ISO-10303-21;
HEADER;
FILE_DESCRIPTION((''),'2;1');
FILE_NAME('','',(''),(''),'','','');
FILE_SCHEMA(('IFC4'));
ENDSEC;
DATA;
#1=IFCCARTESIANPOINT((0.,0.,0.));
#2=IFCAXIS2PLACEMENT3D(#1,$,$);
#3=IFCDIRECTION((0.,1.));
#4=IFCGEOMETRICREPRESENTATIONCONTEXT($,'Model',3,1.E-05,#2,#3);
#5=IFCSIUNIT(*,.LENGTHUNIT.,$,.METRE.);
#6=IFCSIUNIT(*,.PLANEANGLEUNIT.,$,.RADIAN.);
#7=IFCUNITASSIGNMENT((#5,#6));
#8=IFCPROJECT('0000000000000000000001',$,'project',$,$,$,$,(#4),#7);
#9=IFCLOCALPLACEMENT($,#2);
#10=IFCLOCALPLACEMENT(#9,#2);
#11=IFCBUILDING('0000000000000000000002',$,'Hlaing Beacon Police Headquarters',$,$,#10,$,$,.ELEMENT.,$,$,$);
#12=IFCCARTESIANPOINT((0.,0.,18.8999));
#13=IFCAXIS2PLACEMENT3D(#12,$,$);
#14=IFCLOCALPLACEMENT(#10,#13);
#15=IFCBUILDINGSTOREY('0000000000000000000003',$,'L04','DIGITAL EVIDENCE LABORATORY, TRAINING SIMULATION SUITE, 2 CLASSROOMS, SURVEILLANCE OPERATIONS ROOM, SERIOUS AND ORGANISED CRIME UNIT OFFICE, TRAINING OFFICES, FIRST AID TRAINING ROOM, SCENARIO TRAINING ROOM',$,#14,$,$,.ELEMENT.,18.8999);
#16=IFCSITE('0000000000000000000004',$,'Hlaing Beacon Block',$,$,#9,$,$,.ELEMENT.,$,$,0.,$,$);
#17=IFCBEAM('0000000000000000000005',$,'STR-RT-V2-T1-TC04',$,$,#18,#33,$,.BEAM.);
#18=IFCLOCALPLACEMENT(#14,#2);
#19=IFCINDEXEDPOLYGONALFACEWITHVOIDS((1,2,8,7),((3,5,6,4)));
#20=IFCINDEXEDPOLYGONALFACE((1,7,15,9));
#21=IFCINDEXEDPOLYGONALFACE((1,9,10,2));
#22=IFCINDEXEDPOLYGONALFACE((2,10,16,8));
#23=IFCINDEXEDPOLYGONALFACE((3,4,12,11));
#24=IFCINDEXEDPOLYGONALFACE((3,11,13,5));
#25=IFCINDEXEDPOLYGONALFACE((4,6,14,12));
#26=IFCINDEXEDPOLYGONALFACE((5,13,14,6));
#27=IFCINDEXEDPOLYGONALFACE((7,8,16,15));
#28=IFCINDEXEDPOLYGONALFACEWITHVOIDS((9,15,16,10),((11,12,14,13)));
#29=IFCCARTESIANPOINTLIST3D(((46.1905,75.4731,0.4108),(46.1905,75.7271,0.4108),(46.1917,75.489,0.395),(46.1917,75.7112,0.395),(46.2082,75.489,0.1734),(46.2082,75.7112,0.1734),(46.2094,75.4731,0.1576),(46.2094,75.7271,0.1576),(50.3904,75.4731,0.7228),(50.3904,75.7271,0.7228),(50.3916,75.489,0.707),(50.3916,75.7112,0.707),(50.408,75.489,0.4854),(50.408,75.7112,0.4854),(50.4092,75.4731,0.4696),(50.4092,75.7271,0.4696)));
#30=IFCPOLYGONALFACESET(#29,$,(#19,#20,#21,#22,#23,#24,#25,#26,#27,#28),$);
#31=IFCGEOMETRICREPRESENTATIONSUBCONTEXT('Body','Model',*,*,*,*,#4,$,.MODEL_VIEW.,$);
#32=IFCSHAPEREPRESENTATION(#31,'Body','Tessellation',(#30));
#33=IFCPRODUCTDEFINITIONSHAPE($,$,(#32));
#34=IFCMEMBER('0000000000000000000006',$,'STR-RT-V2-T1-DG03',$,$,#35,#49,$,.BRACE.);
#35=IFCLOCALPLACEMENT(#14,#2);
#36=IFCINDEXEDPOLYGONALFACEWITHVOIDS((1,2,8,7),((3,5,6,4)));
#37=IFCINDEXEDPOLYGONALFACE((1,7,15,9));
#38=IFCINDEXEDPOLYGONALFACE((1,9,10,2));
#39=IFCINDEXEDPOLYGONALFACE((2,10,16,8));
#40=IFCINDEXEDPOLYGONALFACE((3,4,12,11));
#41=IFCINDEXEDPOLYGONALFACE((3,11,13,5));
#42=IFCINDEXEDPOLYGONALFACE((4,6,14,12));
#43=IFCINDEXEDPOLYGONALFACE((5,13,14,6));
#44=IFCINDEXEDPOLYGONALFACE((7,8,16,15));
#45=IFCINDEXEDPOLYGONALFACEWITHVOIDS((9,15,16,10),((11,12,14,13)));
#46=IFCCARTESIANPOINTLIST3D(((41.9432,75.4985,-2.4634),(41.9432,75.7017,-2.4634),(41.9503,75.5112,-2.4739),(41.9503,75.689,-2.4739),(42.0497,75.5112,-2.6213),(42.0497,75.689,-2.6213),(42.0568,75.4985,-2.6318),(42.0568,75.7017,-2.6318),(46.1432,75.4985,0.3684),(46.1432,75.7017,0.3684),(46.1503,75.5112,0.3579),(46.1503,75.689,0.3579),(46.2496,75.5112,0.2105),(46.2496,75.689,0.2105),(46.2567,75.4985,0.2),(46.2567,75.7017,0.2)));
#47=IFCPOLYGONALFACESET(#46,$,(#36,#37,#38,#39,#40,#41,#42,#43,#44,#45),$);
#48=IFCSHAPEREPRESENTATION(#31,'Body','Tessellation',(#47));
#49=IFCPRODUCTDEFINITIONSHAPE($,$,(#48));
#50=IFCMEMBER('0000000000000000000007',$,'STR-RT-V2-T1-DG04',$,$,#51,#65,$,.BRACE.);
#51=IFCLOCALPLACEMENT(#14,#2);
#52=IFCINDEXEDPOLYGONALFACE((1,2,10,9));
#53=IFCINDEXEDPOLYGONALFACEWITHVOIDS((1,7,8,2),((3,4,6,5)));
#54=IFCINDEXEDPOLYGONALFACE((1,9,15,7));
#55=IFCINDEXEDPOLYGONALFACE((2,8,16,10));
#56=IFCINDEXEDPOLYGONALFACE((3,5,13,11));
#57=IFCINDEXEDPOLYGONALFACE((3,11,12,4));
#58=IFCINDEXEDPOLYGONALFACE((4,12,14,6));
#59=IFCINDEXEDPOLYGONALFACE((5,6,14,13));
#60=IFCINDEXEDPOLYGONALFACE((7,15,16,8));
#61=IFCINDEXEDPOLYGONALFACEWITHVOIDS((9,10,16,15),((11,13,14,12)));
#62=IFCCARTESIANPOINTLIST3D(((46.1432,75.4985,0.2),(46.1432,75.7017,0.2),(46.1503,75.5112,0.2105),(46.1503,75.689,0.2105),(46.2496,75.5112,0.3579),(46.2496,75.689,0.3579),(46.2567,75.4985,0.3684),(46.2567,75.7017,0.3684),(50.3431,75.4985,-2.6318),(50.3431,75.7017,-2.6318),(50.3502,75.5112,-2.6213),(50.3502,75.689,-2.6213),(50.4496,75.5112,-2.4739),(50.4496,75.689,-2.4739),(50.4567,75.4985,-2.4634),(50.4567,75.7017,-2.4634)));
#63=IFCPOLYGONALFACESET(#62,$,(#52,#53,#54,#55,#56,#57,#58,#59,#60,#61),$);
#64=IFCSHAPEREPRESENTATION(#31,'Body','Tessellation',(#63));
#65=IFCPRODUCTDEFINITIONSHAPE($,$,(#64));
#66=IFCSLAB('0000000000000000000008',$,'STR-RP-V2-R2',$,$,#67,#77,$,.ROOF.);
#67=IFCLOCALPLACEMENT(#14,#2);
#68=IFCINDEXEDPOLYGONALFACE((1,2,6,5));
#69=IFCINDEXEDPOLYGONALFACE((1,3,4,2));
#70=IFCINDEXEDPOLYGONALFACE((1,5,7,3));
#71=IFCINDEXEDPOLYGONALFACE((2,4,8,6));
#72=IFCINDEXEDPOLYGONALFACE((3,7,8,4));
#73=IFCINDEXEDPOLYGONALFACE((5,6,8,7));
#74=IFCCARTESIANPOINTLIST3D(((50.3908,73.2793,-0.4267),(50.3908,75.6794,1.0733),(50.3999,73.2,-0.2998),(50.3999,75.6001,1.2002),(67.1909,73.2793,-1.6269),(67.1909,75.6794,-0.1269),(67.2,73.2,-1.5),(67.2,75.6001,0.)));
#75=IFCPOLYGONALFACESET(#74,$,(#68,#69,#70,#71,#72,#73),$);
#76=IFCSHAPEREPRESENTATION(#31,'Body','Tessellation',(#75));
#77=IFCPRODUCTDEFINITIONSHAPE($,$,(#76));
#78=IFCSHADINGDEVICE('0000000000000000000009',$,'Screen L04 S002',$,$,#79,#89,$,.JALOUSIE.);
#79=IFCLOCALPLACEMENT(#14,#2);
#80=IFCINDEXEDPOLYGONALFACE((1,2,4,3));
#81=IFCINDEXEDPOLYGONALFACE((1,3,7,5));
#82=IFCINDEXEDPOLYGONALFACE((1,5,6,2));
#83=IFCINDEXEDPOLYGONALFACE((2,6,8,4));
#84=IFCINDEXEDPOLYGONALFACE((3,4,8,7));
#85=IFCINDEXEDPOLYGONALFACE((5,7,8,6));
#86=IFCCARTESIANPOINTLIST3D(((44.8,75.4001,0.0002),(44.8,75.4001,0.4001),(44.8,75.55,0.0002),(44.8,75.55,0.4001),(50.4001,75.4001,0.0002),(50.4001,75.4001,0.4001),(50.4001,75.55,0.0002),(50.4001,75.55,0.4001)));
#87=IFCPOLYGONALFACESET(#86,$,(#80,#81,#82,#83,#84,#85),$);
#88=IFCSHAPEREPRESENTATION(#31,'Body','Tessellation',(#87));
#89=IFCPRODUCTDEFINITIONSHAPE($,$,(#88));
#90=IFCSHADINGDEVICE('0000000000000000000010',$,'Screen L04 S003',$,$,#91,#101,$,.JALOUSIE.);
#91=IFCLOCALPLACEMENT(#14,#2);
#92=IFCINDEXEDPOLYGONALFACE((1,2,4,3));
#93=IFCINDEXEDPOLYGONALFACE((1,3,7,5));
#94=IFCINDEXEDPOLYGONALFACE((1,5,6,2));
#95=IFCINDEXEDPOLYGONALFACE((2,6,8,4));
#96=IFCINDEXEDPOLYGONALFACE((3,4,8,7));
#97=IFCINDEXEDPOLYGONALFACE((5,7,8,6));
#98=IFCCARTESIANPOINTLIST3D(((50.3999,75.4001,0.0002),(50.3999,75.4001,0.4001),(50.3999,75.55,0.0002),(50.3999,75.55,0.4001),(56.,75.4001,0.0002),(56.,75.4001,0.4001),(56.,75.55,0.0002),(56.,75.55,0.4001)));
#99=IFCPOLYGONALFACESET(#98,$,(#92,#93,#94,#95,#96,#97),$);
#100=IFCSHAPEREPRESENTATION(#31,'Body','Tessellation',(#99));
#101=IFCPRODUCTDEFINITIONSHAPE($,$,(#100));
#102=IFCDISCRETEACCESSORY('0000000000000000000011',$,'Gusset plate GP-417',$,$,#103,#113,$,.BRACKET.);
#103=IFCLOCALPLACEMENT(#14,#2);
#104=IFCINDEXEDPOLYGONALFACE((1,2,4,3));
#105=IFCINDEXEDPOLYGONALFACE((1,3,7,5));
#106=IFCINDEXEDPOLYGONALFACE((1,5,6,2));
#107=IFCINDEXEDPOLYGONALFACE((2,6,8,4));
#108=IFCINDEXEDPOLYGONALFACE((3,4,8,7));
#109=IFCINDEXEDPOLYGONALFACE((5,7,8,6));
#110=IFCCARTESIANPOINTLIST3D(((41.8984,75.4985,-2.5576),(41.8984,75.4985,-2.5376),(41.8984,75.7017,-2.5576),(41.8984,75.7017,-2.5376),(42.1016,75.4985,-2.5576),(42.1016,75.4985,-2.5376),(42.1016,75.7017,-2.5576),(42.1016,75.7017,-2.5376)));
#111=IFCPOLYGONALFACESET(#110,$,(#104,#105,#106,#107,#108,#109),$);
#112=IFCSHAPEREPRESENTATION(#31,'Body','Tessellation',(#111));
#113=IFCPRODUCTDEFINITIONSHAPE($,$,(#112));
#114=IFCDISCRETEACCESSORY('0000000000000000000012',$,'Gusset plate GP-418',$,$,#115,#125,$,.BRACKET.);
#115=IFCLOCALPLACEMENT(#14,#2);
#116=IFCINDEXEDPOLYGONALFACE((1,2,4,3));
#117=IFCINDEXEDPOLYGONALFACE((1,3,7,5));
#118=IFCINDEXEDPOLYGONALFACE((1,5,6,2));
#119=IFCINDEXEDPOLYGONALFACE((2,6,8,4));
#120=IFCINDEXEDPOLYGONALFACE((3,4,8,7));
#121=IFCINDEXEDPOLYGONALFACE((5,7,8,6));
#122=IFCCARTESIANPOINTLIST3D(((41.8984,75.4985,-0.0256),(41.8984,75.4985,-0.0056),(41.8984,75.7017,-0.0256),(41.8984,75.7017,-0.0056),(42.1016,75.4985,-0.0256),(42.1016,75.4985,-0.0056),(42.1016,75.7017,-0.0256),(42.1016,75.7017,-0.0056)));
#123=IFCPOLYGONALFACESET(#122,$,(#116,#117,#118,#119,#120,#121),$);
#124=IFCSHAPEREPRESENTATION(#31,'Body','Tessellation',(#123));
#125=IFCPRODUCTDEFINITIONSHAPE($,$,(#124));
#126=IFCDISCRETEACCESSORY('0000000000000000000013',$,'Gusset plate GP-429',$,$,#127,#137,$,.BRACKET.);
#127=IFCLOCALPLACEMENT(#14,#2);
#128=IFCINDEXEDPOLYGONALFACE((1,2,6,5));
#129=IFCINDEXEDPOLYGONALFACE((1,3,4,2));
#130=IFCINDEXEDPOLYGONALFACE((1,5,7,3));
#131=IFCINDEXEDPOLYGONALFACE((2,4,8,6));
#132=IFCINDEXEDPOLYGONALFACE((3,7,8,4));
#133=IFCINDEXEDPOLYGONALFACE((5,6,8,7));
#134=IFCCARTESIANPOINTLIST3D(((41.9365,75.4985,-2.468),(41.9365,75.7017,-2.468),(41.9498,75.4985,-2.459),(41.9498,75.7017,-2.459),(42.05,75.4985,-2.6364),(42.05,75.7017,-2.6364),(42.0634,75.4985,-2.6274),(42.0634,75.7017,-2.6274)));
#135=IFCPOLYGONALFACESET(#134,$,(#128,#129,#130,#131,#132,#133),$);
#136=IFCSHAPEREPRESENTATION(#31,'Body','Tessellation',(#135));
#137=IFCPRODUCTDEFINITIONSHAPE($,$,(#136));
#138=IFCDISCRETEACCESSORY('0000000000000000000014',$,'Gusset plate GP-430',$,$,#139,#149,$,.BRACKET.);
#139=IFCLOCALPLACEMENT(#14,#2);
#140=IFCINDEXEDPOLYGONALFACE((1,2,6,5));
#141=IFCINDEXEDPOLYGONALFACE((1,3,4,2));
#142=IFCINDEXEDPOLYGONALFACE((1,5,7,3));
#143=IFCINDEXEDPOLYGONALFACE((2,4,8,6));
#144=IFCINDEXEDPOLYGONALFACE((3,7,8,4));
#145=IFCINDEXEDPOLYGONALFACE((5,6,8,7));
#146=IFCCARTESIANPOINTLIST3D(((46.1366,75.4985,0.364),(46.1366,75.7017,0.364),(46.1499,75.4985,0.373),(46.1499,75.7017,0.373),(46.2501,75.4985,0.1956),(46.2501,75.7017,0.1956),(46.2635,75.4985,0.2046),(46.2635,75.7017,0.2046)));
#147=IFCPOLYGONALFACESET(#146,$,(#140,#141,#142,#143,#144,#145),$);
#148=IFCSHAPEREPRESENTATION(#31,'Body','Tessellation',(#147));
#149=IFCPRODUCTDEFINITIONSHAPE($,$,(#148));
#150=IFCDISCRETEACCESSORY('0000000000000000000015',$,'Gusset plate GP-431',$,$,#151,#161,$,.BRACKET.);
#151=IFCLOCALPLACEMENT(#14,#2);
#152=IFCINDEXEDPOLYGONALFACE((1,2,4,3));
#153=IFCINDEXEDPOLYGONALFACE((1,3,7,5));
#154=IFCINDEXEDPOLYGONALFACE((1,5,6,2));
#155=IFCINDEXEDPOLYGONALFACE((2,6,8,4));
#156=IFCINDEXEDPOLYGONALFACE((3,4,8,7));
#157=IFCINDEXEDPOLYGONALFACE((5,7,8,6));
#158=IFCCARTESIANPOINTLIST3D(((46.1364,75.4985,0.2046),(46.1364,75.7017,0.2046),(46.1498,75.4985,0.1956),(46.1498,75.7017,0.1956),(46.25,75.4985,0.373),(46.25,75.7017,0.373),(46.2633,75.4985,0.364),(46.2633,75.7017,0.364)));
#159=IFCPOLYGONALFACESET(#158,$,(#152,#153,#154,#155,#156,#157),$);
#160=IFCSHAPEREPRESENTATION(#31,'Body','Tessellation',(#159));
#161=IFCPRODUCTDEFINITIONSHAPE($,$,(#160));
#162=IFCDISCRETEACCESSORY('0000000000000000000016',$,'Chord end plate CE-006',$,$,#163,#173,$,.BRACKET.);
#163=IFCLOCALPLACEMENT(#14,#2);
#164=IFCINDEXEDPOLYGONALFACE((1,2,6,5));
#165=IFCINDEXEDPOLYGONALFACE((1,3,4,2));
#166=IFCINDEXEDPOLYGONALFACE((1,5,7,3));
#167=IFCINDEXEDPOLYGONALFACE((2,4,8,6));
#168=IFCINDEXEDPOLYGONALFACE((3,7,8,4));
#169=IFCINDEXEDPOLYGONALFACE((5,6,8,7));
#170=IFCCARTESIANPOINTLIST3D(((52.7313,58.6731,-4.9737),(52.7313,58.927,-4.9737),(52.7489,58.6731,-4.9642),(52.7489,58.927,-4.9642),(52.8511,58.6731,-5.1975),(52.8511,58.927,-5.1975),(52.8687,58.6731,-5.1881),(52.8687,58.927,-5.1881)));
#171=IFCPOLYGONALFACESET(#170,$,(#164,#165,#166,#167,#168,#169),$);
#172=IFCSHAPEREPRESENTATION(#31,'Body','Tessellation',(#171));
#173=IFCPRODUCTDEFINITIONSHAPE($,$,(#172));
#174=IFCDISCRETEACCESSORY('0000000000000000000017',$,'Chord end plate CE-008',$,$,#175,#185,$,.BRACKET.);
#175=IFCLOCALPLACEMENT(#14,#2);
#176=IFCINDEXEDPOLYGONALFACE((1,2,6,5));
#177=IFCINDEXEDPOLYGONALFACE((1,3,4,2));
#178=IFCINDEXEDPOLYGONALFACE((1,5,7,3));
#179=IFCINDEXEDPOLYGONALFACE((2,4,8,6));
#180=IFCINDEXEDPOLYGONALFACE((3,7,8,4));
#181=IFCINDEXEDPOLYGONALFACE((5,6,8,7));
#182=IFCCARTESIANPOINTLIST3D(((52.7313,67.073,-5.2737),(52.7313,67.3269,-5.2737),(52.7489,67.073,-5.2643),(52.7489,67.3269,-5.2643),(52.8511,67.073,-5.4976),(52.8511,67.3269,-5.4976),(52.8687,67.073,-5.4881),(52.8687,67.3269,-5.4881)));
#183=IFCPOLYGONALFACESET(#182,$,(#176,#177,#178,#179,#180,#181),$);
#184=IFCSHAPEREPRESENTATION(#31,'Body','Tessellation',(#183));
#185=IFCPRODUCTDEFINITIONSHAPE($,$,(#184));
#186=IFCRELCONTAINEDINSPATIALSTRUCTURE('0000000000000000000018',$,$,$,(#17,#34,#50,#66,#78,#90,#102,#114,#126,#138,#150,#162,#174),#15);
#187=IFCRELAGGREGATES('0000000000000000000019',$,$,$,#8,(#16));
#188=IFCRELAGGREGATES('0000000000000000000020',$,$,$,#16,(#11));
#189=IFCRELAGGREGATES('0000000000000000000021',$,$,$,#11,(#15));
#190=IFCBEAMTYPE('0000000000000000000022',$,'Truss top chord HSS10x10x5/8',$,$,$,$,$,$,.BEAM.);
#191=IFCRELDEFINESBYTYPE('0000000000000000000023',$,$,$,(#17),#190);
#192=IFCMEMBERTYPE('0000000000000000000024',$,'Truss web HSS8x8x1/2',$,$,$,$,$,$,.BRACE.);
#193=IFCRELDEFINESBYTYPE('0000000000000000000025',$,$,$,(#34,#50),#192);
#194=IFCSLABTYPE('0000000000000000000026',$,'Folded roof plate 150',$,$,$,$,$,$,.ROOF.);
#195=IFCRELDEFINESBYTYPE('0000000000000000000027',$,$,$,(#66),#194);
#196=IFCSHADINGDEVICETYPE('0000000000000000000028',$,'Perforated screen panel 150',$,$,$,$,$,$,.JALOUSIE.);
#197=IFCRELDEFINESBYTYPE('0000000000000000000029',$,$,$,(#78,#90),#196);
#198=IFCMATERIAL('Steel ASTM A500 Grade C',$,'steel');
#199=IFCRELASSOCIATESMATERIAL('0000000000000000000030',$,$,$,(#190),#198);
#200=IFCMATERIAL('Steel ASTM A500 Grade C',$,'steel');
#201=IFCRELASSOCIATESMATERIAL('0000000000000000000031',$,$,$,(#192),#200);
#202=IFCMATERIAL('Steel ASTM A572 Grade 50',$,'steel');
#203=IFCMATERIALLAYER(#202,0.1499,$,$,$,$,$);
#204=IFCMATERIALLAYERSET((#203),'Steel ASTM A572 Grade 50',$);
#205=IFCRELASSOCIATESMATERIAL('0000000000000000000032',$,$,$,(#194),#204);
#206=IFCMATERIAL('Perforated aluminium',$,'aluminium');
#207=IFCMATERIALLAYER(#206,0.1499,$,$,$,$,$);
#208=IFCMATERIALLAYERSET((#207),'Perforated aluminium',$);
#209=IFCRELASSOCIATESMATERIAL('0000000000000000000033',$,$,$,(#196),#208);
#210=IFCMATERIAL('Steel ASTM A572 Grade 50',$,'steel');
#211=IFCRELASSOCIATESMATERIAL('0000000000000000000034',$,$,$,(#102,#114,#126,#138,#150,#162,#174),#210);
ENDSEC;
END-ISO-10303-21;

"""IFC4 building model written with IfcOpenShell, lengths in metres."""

from ifc_helpers import new_model, si_unit, direction, frame, origin, origin_2d, place, context, subcontext, project, spatial, polyline, rectangle, hollow_rectangle, outline, extrude, material, layer, layer_set, material_profile, profile_set, type_object, element, save


model = new_model("IFC4")

# Units and contexts
model_context = context("Model", 3, precision=1e-05, world=origin(), true_north=direction((0.0, 1.0)))
body_context = subcontext(model_context, "Body", "Model", "MODEL_VIEW")
ifc_project = project(units=[si_unit("LENGTHUNIT", "METRE"), si_unit("PLANEANGLEUNIT", "RADIAN")], contexts=[model_context])

# Site, building, storey
site_placement = place(None, origin())
site = spatial("IfcSite", under=ifc_project, at=site_placement, Name="Hlaing Beacon Block", CompositionType="ELEMENT", RefElevation=0.0)
building_placement = place(site_placement, origin())
building = spatial("IfcBuilding", under=site, at=building_placement, Name="Hlaing Beacon Police Headquarters", CompositionType="ELEMENT")
storey_placement = place(building_placement, frame((0.0, 0.0, 18.8999)))
storey = spatial("IfcBuildingStorey", under=building, at=storey_placement, Name="L04", Description="DIGITAL EVIDENCE LABORATORY, TRAINING SIMULATION SUITE, 2 CLASSROOMS, SURVEILLANCE OPERATIONS ROOM, SERIOUS AND ORGANISED CRIME UNIT OFFICE, TRAINING OFFICES, FIRST AID TRAINING ROOM, SCENARIO TRAINING ROOM", CompositionType="ELEMENT", Elevation=18.8999)

# Beam
ifc_material_1 = material(Name="Steel ASTM A500 Grade C", Category="steel")
ifc_material_profile_1 = material_profile(ifc_material_1, hollow_rectangle(XDim=0.2539, YDim=0.2539, WallThickness=0.0159, at=origin_2d()), Name="HSS10x10x5/8")
ifc_profile_set_1 = profile_set([ifc_material_profile_1], Name="Steel ASTM A500 Grade C")
beam_type_1 = type_object("IfcBeamType", Name="Truss top chord HSS10x10x5/8", PredefinedType="BEAM", material=ifc_profile_set_1)
beam_1_placement = place(storey_placement, frame((46.2, 75.6001, 0.2842), z_axis=(0.997252, 0.0, 0.074085), x_axis=(0.0, 1.0, 0.0)))
element("IfcBeam", 1, at=beam_1_placement, inside=storey, type_object=beam_type_1, Name="STR-RT-V2-T1-TC04", PredefinedType="BEAM", context=body_context, shape_type="SweptSolid", body=[
    extrude(hollow_rectangle(XDim=0.2539, YDim=0.2539, WallThickness=0.0159, at=origin_2d()), origin(), (0.0, 0.0, 1.0), 4.2114),
])

# Members
ifc_material_2 = material(Name="Steel ASTM A500 Grade C", Category="steel")
ifc_material_profile_2 = material_profile(ifc_material_2, hollow_rectangle(XDim=0.2031, YDim=0.2031, WallThickness=0.0127, at=origin_2d()), Name="HSS8x8x1/2")
ifc_profile_set_2 = profile_set([ifc_material_profile_2], Name="Steel ASTM A500 Grade C")
member_type_1 = type_object("IfcMemberType", Name="Truss web HSS8x8x1/2", PredefinedType="BRACE", material=ifc_profile_set_2)
for number, where, z_axis, x_axis, name in (
    (2, (42.0, 75.6001, -2.5476), (0.82914, 0.0, 0.559042), (0.0, 1.0, 0.0), "STR-RT-V2-T1-DG03"),
    (3, (46.2, 75.6001, 0.2842), (0.82914, 0.0, -0.559042), (0.0, 1.0, 0.0), "STR-RT-V2-T1-DG04"),
):
    element("IfcMember", number, at=place(storey_placement, frame(where, z_axis=z_axis, x_axis=x_axis)), inside=storey, type_object=member_type_1, Name=name, PredefinedType="BRACE", context=body_context, shape_type="SweptSolid", body=[
        extrude(hollow_rectangle(XDim=0.2031, YDim=0.2031, WallThickness=0.0127, at=origin_2d()), origin(), (0.0, 0.0, 1.0), 5.0654),
    ])

# Slab
ifc_material_3 = material(Name="Steel ASTM A572 Grade 50", Category="steel")
ifc_layer_1 = layer(ifc_material_3, 0.1499)
ifc_layer_set_1 = layer_set([ifc_layer_1], Name="Steel ASTM A572 Grade 50")
slab_type = type_object("IfcSlabType", Name="Folded roof plate 150", PredefinedType="ROOF", material=ifc_layer_set_1)
slab_placement = place(storey_placement, frame((50.3999, 73.2, -0.2998), z_axis=(0.060471, -0.529006, 0.846461), x_axis=(0.997458, 0.0, -0.071258)))
element("IfcSlab", 4, at=slab_placement, inside=storey, type_object=slab_type, Name="STR-RP-V2-R2", PredefinedType="ROOF", context=body_context, shape_type="SweptSolid", body=[
    extrude(outline(polyline([(0.0, 0.0), (16.8429, 0.0), (16.736, 2.8283), (-0.1069, 2.8283), (0.0, 0.0)])), origin(), (0.0, 0.0, -1.0), 0.1499),
])

# Shading devices
ifc_material_4 = material(Name="Perforated aluminium", Category="aluminium")
ifc_layer_2 = layer(ifc_material_4, 0.1499)
ifc_layer_set_2 = layer_set([ifc_layer_2], Name="Perforated aluminium")
shading_device_type = type_object("IfcShadingDeviceType", Name="Perforated screen panel 150", PredefinedType="JALOUSIE", material=ifc_layer_set_2)
for number, where, z_axis, x_axis, name in (
    (5, (47.6001, 75.4751, 0.0002), (0.0, 0.0, 1.0), (1.0, 0.0, 0.0), "Screen L04 S002"),
    (6, (53.2, 75.4751, 0.0002), (0.0, 0.0, 1.0), (1.0, 0.0, 0.0), "Screen L04 S003"),
):
    element("IfcShadingDevice", number, at=place(storey_placement, frame(where, z_axis=z_axis, x_axis=x_axis)), inside=storey, type_object=shading_device_type, Name=name, PredefinedType="JALOUSIE", context=body_context, shape_type="SweptSolid", body=[
        extrude(rectangle(XDim=5.6001, YDim=0.1499, at=origin_2d()), origin(), (0.0, 0.0, 1.0), 0.3999),
    ])

# Discrete accessories
ifc_material_5 = material(Name="Steel ASTM A572 Grade 50", Category="steel")
for number, where, z_axis, x_axis, name in (
    (7, (42.0, 75.6001, -2.5376), (0.0, 0.0, -1.0), (1.0, 0.0, 0.0), "Gusset plate GP-417"),
    (8, (42.0, 75.6001, -0.0256), (0.0, 0.0, 1.0), (1.0, 0.0, 0.0), "Gusset plate GP-418"),
):
    element("IfcDiscreteAccessory", number, at=place(storey_placement, frame(where, z_axis=z_axis, x_axis=x_axis)), inside=storey, material=ifc_material_5, Name=name, PredefinedType="BRACKET", context=body_context, shape_type="SweptSolid", body=[
        extrude(rectangle(XDim=0.2031, YDim=0.2031, at=origin_2d()), origin(), (0.0, 0.0, 1.0), 0.02),
    ])
for number, where, z_axis, x_axis, name in (
    (9, (42.0066, 75.6001, -2.5432), (-0.82914, 0.0, -0.559042), (0.0, -1.0, 0.0), "Gusset plate GP-429"),
    (10, (46.1934, 75.6001, 0.2798), (0.82914, 0.0, 0.559042), (0.0, 1.0, 0.0), "Gusset plate GP-430"),
    (11, (46.2065, 75.6001, 0.2798), (-0.82914, 0.0, 0.559042), (0.0, -1.0, 0.0), "Gusset plate GP-431"),
):
    element("IfcDiscreteAccessory", number, at=place(storey_placement, frame(where, z_axis=z_axis, x_axis=x_axis)), inside=storey, material=ifc_material_5, Name=name, PredefinedType="BRACKET", context=body_context, shape_type="SweptSolid", body=[
        extrude(rectangle(XDim=0.2031, YDim=0.2031, at=origin_2d()), origin(), (0.0, 0.0, 1.0), 0.0161),
    ])
for number, where, z_axis, x_axis, name in (
    (12, (52.8088, 58.8, -5.0762), (-0.881655, 0.0, -0.471895), (0.0, -1.0, 0.0), "Chord end plate CE-006"),
    (13, (52.8088, 67.2, -5.3762), (-0.88164, 0.0, -0.471923), (0.0, -1.0, 0.0), "Chord end plate CE-008"),
):
    element("IfcDiscreteAccessory", number, at=place(storey_placement, frame(where, z_axis=z_axis, x_axis=x_axis)), inside=storey, material=ifc_material_5, Name=name, PredefinedType="BRACKET", context=body_context, shape_type="SweptSolid", body=[
        extrude(rectangle(XDim=0.2539, YDim=0.2539, at=origin_2d()), origin(), (0.0, 0.0, 1.0), 0.02),
    ])

save(model, "model.ifc")
